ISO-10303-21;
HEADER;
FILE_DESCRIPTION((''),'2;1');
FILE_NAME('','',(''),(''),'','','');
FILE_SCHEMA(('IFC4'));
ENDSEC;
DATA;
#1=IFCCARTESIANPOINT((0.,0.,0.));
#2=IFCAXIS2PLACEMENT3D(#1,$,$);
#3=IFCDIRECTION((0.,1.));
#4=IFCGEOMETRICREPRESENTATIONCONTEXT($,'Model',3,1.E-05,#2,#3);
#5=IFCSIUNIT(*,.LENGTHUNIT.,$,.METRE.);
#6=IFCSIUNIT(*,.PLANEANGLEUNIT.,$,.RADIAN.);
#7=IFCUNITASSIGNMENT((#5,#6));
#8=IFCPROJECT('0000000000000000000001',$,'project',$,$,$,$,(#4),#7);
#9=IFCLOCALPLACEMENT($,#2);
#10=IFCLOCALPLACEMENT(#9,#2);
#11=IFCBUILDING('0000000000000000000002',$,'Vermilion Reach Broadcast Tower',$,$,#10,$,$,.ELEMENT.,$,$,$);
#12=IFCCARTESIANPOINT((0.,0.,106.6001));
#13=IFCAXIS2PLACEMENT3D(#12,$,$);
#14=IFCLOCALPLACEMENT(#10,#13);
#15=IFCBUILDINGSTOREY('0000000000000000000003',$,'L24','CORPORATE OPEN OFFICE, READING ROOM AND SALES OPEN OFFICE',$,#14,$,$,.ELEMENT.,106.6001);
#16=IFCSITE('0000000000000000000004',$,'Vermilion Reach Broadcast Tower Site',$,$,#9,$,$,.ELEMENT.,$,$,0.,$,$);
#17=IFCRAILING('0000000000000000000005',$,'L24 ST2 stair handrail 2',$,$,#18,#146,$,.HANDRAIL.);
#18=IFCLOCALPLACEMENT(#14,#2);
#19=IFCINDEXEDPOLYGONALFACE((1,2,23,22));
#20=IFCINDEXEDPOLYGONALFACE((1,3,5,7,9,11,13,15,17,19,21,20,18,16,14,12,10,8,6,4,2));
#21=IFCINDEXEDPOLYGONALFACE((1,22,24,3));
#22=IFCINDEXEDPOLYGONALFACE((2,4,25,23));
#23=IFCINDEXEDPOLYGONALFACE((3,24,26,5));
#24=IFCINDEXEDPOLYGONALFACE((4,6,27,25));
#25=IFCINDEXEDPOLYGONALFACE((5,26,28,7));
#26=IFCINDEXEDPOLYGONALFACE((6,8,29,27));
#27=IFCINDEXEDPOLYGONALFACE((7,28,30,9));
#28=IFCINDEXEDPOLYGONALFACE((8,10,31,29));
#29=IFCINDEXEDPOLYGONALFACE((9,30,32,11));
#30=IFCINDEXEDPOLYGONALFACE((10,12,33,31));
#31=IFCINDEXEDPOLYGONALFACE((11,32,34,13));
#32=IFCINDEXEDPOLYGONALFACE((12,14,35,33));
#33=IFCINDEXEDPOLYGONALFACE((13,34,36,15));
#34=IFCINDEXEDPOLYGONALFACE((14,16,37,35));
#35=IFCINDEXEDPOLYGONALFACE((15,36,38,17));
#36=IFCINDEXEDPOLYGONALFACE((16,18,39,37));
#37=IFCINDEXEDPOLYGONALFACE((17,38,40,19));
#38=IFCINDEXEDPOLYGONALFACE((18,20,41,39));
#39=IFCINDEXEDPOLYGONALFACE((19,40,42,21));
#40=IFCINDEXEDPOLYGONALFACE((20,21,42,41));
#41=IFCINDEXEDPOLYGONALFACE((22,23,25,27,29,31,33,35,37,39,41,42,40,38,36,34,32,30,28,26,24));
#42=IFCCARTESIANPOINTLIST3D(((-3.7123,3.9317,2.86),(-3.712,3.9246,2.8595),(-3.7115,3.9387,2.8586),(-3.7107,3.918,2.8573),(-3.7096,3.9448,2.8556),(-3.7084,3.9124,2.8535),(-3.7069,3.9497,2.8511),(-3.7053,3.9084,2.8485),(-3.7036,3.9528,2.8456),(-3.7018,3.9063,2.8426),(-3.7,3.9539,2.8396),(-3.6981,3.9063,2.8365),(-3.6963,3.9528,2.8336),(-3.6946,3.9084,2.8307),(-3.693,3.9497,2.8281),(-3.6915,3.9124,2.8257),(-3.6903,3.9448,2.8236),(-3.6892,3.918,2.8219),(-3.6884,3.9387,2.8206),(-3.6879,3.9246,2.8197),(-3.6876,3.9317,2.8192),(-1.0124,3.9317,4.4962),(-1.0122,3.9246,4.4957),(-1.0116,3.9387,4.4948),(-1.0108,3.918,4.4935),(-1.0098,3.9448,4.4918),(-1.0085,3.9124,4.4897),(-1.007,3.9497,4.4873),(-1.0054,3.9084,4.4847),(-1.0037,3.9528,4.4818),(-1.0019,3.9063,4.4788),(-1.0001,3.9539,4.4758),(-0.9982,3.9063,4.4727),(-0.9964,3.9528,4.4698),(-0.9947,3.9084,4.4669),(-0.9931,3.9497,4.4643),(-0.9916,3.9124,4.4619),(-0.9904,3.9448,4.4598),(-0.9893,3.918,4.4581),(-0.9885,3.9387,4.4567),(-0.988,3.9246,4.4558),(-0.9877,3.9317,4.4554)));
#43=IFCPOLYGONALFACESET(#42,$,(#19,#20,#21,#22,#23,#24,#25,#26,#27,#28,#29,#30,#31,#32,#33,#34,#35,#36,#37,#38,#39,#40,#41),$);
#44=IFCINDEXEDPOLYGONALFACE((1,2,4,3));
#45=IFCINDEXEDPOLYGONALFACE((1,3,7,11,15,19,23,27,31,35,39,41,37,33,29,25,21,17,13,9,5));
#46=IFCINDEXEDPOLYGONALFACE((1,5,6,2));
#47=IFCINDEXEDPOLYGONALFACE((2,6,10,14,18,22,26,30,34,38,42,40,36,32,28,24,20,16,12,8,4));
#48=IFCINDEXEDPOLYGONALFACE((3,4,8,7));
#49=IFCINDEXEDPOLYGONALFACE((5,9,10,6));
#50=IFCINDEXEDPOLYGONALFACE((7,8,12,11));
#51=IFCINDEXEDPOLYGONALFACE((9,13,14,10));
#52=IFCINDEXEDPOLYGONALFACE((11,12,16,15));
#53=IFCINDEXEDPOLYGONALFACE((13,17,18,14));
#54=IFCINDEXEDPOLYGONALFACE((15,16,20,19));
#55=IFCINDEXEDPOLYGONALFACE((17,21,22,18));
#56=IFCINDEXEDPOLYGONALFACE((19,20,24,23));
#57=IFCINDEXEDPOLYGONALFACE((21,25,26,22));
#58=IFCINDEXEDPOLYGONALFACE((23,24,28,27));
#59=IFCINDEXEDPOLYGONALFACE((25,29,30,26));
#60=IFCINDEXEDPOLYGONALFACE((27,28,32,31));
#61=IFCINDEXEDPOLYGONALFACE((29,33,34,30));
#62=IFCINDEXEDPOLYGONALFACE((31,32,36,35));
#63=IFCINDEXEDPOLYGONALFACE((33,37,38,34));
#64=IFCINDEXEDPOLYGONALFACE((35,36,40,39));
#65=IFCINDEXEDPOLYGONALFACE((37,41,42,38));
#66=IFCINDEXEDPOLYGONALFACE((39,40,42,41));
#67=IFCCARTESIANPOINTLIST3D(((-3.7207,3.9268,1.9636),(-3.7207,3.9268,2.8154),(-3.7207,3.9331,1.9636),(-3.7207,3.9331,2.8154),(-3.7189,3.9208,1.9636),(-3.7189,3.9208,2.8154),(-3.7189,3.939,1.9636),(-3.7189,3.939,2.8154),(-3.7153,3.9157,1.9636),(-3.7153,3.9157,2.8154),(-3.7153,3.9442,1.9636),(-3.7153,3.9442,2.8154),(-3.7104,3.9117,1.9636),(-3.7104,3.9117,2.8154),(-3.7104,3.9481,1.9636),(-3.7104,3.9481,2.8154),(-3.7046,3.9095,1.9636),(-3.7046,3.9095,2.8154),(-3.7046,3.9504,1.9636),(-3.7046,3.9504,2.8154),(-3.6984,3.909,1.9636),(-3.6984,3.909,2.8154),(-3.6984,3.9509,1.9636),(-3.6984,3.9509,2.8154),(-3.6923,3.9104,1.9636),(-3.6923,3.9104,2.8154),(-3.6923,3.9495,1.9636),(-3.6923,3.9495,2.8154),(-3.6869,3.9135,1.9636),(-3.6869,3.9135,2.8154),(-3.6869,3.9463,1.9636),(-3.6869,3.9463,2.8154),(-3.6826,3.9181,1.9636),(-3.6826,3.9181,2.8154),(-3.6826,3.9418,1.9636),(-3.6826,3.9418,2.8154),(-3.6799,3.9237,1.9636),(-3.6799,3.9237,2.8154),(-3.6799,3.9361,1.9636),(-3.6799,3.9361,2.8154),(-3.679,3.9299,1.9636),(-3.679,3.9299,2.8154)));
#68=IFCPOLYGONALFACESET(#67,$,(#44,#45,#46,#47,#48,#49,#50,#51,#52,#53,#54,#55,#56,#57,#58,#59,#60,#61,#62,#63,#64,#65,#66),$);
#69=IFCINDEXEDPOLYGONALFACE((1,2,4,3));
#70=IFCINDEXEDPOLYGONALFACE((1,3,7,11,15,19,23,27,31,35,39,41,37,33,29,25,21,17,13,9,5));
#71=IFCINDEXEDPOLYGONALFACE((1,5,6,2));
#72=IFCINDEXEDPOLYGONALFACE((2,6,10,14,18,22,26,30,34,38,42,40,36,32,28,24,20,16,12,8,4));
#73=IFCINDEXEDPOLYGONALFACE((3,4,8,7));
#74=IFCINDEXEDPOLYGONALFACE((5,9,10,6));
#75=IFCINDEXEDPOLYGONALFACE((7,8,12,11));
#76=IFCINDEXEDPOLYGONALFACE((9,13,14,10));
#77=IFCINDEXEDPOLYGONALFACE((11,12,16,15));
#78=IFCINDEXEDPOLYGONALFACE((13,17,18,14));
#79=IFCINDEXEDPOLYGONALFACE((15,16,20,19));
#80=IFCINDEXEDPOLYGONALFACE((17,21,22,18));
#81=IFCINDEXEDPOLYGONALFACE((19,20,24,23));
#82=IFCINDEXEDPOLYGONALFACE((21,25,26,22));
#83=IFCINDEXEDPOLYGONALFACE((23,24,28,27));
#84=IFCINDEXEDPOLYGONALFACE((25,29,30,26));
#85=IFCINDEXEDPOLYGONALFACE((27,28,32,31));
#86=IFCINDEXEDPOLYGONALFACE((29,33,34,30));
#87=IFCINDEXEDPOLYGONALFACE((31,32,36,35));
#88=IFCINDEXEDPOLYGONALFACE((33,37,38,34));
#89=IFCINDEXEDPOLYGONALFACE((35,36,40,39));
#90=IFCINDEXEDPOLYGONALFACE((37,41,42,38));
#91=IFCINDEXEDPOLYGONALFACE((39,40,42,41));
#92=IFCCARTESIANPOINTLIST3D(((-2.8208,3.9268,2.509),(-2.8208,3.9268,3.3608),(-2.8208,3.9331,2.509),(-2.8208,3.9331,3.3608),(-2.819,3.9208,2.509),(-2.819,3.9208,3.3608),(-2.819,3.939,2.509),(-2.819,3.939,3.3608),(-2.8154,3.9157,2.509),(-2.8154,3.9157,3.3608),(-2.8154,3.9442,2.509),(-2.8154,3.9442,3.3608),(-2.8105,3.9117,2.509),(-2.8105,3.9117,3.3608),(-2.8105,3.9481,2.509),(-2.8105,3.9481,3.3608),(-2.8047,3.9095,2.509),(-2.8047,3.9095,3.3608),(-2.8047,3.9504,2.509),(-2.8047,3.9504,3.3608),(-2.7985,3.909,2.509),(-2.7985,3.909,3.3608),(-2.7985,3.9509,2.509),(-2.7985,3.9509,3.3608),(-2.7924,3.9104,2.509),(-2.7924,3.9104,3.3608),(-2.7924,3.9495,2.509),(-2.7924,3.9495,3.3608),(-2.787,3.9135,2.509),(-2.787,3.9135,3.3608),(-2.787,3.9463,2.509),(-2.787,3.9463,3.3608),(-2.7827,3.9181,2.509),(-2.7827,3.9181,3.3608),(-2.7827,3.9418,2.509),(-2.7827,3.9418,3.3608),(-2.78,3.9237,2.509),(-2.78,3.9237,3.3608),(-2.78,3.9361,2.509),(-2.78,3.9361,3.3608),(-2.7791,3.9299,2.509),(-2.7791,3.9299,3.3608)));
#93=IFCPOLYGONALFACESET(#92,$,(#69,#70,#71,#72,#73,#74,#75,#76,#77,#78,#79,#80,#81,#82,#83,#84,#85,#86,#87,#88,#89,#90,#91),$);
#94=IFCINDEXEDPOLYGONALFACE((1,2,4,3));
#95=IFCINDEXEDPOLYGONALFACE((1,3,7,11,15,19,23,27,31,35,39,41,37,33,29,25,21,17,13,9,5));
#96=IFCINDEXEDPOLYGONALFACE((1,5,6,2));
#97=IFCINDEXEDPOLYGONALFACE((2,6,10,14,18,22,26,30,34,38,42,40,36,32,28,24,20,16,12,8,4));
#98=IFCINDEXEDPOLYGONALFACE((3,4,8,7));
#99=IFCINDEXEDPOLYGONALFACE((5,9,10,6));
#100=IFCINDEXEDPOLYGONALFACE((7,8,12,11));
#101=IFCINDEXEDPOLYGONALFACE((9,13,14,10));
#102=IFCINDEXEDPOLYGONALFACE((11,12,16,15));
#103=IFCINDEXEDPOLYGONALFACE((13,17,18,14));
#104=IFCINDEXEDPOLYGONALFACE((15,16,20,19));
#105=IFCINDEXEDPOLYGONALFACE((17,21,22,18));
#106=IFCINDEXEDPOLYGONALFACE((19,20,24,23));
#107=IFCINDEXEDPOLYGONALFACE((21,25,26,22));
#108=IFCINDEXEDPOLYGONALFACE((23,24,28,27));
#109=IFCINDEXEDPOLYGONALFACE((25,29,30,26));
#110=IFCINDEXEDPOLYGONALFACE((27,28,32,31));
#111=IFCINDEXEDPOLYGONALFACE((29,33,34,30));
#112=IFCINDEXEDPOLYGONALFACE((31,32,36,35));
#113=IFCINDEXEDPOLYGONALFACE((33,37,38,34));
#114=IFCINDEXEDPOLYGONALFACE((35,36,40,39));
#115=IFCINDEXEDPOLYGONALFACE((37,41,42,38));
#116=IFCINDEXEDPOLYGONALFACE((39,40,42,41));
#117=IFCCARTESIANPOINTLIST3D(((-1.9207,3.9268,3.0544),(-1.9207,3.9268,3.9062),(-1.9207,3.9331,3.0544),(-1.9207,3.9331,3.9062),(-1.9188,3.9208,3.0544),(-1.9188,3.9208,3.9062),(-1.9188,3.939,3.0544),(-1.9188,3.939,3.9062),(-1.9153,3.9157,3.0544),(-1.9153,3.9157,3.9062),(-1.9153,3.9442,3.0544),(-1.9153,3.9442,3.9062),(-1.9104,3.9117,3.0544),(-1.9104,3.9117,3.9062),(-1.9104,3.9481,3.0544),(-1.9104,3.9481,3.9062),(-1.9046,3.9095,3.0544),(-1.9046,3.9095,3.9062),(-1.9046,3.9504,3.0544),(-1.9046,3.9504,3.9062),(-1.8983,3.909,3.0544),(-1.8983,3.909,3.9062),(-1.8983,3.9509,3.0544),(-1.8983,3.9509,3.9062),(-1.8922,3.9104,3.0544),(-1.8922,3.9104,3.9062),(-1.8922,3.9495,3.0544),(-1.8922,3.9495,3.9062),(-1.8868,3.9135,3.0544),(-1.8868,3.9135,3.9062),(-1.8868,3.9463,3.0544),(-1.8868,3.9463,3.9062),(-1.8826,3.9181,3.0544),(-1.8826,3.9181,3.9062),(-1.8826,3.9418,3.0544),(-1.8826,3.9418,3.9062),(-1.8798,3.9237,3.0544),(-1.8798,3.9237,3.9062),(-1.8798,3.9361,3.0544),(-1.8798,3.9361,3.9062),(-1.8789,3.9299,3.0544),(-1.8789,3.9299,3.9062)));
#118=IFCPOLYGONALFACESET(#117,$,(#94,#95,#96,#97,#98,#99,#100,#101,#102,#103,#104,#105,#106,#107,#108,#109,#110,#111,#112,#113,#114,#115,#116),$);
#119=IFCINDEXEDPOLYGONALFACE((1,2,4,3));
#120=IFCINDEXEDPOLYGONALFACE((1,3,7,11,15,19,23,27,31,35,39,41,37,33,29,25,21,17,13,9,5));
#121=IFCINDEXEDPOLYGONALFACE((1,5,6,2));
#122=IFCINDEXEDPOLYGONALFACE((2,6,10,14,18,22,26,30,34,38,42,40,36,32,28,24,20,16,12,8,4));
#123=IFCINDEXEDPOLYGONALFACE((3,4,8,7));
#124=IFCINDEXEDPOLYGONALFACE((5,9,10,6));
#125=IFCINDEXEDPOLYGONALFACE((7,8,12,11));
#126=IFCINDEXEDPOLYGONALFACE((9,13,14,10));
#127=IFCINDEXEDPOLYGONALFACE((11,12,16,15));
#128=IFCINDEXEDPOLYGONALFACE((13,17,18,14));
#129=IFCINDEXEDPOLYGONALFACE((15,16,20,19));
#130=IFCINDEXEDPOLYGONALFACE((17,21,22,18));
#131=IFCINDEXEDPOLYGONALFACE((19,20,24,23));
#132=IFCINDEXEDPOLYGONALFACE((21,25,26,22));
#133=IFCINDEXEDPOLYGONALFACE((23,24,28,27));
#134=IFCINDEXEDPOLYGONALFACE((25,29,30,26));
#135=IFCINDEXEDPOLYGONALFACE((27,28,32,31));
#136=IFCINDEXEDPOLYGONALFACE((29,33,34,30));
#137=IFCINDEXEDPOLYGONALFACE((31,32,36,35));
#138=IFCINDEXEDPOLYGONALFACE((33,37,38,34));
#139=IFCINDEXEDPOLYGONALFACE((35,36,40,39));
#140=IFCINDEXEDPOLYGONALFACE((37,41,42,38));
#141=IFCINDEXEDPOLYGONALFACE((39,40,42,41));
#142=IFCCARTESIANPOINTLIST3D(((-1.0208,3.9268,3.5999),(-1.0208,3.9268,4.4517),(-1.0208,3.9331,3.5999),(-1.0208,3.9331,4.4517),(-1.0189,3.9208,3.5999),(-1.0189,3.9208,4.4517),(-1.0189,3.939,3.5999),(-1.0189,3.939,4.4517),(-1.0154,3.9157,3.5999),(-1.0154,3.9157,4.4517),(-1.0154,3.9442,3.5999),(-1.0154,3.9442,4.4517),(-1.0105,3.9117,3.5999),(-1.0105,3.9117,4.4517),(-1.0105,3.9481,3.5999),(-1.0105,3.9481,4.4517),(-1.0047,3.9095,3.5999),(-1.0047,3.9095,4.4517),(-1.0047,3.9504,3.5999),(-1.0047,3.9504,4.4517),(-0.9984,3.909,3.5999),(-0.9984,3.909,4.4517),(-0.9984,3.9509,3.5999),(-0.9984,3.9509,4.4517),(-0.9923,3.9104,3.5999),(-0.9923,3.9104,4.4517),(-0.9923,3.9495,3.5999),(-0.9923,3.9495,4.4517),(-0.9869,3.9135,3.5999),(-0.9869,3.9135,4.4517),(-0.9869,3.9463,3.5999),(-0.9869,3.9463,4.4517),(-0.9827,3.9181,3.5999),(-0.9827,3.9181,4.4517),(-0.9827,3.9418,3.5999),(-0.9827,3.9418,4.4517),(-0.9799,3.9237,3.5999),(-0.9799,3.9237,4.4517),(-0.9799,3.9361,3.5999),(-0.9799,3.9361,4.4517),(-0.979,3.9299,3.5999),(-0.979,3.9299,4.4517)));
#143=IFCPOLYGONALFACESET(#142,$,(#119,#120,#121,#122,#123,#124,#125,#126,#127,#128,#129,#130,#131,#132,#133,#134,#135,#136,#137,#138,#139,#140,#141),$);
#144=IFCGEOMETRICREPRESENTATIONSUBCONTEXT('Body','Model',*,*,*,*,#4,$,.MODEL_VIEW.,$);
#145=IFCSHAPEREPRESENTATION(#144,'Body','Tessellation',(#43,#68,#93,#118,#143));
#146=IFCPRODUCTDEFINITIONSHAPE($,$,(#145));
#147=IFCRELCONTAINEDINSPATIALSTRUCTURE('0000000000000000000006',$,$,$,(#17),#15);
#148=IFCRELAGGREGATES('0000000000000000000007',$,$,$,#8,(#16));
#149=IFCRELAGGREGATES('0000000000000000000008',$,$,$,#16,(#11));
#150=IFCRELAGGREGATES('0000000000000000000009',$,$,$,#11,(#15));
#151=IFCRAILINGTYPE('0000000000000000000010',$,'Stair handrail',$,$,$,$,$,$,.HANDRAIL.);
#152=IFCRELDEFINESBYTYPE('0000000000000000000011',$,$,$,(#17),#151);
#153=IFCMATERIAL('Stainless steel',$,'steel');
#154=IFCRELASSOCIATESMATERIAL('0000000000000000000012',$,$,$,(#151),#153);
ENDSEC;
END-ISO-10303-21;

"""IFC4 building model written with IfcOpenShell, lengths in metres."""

from ifc_helpers import new_model, si_unit, direction, frame, origin, origin_2d, place, context, subcontext, project, spatial, circle, extrude, material, type_object, element, save


model = new_model("IFC4")

# Units and contexts
model_context = context("Model", 3, precision=1e-05, world=origin(), true_north=direction((0.0, 1.0)))
body_context = subcontext(model_context, "Body", "Model", "MODEL_VIEW")
ifc_project = project(units=[si_unit("LENGTHUNIT", "METRE"), si_unit("PLANEANGLEUNIT", "RADIAN")], contexts=[model_context])

# Site, building, storey
site_placement = place(None, origin())
site = spatial("IfcSite", under=ifc_project, at=site_placement, Name="Vermilion Reach Broadcast Tower Site", CompositionType="ELEMENT", RefElevation=0.0)
building_placement = place(site_placement, origin())
building = spatial("IfcBuilding", under=site, at=building_placement, Name="Vermilion Reach Broadcast Tower", CompositionType="ELEMENT")
storey_placement = place(building_placement, frame((0.0, 0.0, 106.6001)))
storey = spatial("IfcBuildingStorey", under=building, at=storey_placement, Name="L24", Description="CORPORATE OPEN OFFICE, READING ROOM AND SALES OPEN OFFICE", CompositionType="ELEMENT", Elevation=106.6001)

# Railing
ifc_material_1 = material(Name="Stainless steel", Category="steel")
railing_type_1 = type_object("IfcRailingType", Name="Stair handrail", PredefinedType="HANDRAIL", material=ifc_material_1)
railing_1_placement = place(storey_placement, frame((-3.7, 3.9299, 1.9636)))
element("IfcRailing", 1, at=railing_1_placement, inside=storey, type_object=railing_type_1, Name="L24 ST2 stair handrail 2", PredefinedType="HANDRAIL", context=body_context, shape_type="SweptSolid", body=[
    extrude(circle(Radius=0.0239, at=origin_2d()), frame((0.0, 0.0, 0.876), z_axis=(0.855212, 0.0, 0.518278), x_axis=(0.0, 1.0, 0.0)), (0.0, 0.0, 1.0), 3.157),
    extrude(circle(Radius=0.021, at=origin_2d()), origin(), (0.0, 0.0, 1.0), 0.8518),
    extrude(circle(Radius=0.021, at=origin_2d()), frame((0.8999, 0.0, 0.5454)), (0.0, 0.0, 1.0), 0.8518),
    extrude(circle(Radius=0.021, at=origin_2d()), frame((1.8, 0.0, 1.0908)), (0.0, 0.0, 1.0), 0.8518),
    extrude(circle(Radius=0.021, at=origin_2d()), frame((2.7, 0.0, 1.6362)), (0.0, 0.0, 1.0), 0.8518),
])

save(model, "model.ifc")
